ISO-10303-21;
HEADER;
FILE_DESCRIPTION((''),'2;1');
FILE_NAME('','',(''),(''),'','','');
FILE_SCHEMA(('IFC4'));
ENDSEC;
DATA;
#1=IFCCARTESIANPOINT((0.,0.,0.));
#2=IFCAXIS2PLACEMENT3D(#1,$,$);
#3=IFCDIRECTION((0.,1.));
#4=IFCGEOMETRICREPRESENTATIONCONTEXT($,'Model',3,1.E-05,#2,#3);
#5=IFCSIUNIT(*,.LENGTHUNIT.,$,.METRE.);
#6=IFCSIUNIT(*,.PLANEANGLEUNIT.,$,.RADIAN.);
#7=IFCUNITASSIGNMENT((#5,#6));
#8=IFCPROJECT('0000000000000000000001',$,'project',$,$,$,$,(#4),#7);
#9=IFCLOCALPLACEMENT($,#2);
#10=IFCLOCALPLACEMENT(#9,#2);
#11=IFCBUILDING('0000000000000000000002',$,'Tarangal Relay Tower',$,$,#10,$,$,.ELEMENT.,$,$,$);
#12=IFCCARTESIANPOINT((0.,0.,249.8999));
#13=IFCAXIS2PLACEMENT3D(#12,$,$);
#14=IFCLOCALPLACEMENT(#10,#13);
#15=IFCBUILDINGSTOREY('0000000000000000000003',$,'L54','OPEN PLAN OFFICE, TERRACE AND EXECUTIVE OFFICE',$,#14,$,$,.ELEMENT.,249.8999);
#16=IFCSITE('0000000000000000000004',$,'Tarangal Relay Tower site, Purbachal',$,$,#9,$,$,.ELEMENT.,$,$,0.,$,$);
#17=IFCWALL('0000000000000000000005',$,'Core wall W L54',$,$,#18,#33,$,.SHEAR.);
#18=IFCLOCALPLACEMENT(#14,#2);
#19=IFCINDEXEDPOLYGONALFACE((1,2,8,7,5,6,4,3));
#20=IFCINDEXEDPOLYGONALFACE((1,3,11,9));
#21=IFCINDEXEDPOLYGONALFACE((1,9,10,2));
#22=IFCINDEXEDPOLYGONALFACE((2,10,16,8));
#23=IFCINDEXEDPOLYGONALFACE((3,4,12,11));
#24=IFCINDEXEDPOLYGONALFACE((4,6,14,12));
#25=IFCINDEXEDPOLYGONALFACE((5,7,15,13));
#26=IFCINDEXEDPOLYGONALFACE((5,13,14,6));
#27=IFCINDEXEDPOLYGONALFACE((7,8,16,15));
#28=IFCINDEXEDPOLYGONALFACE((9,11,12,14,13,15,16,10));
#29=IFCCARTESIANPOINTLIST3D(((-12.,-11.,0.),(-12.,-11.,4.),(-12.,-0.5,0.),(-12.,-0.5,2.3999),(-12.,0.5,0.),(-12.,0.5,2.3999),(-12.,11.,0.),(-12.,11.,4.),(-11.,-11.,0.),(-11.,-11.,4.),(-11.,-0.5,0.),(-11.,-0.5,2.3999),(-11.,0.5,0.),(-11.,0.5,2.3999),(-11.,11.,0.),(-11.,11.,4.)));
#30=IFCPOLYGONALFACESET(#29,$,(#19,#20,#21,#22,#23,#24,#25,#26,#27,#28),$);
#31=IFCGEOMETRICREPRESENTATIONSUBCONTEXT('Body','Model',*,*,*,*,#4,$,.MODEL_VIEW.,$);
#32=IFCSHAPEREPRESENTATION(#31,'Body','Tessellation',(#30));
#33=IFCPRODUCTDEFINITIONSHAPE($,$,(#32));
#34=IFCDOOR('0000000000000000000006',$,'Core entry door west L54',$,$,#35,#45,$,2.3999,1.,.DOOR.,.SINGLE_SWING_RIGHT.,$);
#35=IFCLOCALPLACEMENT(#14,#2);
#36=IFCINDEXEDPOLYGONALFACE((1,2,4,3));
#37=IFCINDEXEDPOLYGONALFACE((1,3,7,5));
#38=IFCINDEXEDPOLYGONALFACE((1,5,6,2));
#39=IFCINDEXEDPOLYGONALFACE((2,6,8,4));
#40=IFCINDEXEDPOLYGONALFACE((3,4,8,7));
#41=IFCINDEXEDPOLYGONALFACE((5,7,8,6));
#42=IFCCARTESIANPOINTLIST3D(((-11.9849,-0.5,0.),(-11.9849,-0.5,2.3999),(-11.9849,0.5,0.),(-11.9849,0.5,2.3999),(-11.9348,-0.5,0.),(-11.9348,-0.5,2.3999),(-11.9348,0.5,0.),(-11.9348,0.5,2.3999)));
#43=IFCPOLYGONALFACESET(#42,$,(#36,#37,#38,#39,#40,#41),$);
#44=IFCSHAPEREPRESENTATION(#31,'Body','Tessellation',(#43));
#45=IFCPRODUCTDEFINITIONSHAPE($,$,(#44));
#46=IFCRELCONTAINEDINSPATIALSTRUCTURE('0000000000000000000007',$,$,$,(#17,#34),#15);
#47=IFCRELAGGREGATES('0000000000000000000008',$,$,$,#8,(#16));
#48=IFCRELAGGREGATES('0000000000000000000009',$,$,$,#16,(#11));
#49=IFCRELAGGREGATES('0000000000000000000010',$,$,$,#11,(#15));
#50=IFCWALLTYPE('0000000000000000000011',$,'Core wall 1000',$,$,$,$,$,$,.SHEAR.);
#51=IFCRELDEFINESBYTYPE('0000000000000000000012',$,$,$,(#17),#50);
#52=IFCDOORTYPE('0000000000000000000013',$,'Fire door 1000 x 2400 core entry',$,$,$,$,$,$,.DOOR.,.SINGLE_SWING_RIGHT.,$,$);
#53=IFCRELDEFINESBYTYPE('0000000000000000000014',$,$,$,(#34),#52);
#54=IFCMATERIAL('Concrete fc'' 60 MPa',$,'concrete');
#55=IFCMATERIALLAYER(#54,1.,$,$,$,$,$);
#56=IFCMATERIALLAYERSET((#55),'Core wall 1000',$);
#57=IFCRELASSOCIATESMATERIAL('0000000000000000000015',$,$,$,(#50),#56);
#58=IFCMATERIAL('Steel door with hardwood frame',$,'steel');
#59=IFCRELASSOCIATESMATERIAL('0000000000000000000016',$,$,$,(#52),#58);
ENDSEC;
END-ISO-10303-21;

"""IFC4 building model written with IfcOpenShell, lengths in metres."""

from ifc_helpers import new_model, si_unit, direction, frame, frame_2d, origin, place, context, subcontext, project, spatial, rectangle, extrude, material, layer, layer_set, type_object, element, fill, save


model = new_model("IFC4")

# Units and contexts
model_context = context("Model", 3, precision=1e-05, world=origin(), true_north=direction((0.0, 1.0)))
body_context = subcontext(model_context, "Body", "Model", "MODEL_VIEW")
ifc_project = project(units=[si_unit("LENGTHUNIT", "METRE"), si_unit("PLANEANGLEUNIT", "RADIAN")], contexts=[model_context])

# Site, building, storey
site_placement = place(None, origin())
site = spatial("IfcSite", under=ifc_project, at=site_placement, Name="Tarangal Relay Tower site, Purbachal", CompositionType="ELEMENT", RefElevation=0.0)
building_placement = place(site_placement, origin())
building = spatial("IfcBuilding", under=site, at=building_placement, Name="Tarangal Relay Tower", CompositionType="ELEMENT")
storey_placement = place(building_placement, frame((0.0, 0.0, 249.8999)))
storey = spatial("IfcBuildingStorey", under=building, at=storey_placement, Name="L54", Description="OPEN PLAN OFFICE, TERRACE AND EXECUTIVE OFFICE", CompositionType="ELEMENT", Elevation=249.8999)

# Shared definitions
ifc_material_1 = material(Name="Concrete fc' 60 MPa", Category="concrete")
ifc_material_2 = material(Name="Steel door with hardwood frame", Category="steel")

# Wall, opening, door
ifc_layer_1 = layer(ifc_material_1, 1.0)
ifc_layer_set_1 = layer_set([ifc_layer_1], Name="Core wall 1000")
wall_type_1 = type_object("IfcWallType", Name="Core wall 1000", PredefinedType="SHEAR", material=ifc_layer_set_1)
wall_1_placement = place(storey_placement, frame((-11.5, -11.0, 0.0), z_axis=(0.0, 0.0, 1.0), x_axis=(0.0, 1.0, 0.0)))
wall_1 = element("IfcWall", 1, at=wall_1_placement, inside=storey, type_object=wall_type_1, Name="Core wall W L54", PredefinedType="SHEAR", context=body_context, shape_type="SweptSolid", body=[
    extrude(rectangle(XDim=22.0, YDim=1.0, at=frame_2d((11.0, 0.0))), origin(), (0.0, 0.0, 1.0), 4.0),
])
opening_1_placement = place(wall_1_placement, frame((10.5, 0.0, 0.0)))
opening_1 = element("IfcOpeningElement", 2, at=opening_1_placement, cuts=wall_1, PredefinedType="OPENING", context=body_context, shape_type="SweptSolid", body=[
    extrude(rectangle(XDim=1.0, YDim=2.3999, at=frame_2d((0.5, 1.2))), frame((0.0, 0.51, 0.0), z_axis=(0.0, -1.0, 0.0), x_axis=(1.0, 0.0, 0.0)), (0.0, 0.0, 1.0), 1.02),
])
door_type_1 = type_object("IfcDoorType", Name="Fire door 1000 x 2400 core entry", OperationType="SINGLE_SWING_RIGHT", PredefinedType="DOOR", material=ifc_material_2)
door_1_placement = place(opening_1_placement, origin())
door_1 = element("IfcDoor", 3, at=door_1_placement, inside=storey, type_object=door_type_1, Name="Core entry door west L54", OperationType="SINGLE_SWING_RIGHT", OverallHeight=2.3999, OverallWidth=1.0, PredefinedType="DOOR", context=body_context, shape_type="SweptSolid", body=[
    extrude(rectangle(XDim=1.0, YDim=2.3999, at=frame_2d((0.5, 1.2))), frame((0.0, 0.4849, 0.0), z_axis=(0.0, -1.0, 0.0), x_axis=(1.0, 0.0, 0.0)), (0.0, 0.0, 1.0), 0.05),
])
fill(opening_1, door_1)

save(model, "model.ifc")
